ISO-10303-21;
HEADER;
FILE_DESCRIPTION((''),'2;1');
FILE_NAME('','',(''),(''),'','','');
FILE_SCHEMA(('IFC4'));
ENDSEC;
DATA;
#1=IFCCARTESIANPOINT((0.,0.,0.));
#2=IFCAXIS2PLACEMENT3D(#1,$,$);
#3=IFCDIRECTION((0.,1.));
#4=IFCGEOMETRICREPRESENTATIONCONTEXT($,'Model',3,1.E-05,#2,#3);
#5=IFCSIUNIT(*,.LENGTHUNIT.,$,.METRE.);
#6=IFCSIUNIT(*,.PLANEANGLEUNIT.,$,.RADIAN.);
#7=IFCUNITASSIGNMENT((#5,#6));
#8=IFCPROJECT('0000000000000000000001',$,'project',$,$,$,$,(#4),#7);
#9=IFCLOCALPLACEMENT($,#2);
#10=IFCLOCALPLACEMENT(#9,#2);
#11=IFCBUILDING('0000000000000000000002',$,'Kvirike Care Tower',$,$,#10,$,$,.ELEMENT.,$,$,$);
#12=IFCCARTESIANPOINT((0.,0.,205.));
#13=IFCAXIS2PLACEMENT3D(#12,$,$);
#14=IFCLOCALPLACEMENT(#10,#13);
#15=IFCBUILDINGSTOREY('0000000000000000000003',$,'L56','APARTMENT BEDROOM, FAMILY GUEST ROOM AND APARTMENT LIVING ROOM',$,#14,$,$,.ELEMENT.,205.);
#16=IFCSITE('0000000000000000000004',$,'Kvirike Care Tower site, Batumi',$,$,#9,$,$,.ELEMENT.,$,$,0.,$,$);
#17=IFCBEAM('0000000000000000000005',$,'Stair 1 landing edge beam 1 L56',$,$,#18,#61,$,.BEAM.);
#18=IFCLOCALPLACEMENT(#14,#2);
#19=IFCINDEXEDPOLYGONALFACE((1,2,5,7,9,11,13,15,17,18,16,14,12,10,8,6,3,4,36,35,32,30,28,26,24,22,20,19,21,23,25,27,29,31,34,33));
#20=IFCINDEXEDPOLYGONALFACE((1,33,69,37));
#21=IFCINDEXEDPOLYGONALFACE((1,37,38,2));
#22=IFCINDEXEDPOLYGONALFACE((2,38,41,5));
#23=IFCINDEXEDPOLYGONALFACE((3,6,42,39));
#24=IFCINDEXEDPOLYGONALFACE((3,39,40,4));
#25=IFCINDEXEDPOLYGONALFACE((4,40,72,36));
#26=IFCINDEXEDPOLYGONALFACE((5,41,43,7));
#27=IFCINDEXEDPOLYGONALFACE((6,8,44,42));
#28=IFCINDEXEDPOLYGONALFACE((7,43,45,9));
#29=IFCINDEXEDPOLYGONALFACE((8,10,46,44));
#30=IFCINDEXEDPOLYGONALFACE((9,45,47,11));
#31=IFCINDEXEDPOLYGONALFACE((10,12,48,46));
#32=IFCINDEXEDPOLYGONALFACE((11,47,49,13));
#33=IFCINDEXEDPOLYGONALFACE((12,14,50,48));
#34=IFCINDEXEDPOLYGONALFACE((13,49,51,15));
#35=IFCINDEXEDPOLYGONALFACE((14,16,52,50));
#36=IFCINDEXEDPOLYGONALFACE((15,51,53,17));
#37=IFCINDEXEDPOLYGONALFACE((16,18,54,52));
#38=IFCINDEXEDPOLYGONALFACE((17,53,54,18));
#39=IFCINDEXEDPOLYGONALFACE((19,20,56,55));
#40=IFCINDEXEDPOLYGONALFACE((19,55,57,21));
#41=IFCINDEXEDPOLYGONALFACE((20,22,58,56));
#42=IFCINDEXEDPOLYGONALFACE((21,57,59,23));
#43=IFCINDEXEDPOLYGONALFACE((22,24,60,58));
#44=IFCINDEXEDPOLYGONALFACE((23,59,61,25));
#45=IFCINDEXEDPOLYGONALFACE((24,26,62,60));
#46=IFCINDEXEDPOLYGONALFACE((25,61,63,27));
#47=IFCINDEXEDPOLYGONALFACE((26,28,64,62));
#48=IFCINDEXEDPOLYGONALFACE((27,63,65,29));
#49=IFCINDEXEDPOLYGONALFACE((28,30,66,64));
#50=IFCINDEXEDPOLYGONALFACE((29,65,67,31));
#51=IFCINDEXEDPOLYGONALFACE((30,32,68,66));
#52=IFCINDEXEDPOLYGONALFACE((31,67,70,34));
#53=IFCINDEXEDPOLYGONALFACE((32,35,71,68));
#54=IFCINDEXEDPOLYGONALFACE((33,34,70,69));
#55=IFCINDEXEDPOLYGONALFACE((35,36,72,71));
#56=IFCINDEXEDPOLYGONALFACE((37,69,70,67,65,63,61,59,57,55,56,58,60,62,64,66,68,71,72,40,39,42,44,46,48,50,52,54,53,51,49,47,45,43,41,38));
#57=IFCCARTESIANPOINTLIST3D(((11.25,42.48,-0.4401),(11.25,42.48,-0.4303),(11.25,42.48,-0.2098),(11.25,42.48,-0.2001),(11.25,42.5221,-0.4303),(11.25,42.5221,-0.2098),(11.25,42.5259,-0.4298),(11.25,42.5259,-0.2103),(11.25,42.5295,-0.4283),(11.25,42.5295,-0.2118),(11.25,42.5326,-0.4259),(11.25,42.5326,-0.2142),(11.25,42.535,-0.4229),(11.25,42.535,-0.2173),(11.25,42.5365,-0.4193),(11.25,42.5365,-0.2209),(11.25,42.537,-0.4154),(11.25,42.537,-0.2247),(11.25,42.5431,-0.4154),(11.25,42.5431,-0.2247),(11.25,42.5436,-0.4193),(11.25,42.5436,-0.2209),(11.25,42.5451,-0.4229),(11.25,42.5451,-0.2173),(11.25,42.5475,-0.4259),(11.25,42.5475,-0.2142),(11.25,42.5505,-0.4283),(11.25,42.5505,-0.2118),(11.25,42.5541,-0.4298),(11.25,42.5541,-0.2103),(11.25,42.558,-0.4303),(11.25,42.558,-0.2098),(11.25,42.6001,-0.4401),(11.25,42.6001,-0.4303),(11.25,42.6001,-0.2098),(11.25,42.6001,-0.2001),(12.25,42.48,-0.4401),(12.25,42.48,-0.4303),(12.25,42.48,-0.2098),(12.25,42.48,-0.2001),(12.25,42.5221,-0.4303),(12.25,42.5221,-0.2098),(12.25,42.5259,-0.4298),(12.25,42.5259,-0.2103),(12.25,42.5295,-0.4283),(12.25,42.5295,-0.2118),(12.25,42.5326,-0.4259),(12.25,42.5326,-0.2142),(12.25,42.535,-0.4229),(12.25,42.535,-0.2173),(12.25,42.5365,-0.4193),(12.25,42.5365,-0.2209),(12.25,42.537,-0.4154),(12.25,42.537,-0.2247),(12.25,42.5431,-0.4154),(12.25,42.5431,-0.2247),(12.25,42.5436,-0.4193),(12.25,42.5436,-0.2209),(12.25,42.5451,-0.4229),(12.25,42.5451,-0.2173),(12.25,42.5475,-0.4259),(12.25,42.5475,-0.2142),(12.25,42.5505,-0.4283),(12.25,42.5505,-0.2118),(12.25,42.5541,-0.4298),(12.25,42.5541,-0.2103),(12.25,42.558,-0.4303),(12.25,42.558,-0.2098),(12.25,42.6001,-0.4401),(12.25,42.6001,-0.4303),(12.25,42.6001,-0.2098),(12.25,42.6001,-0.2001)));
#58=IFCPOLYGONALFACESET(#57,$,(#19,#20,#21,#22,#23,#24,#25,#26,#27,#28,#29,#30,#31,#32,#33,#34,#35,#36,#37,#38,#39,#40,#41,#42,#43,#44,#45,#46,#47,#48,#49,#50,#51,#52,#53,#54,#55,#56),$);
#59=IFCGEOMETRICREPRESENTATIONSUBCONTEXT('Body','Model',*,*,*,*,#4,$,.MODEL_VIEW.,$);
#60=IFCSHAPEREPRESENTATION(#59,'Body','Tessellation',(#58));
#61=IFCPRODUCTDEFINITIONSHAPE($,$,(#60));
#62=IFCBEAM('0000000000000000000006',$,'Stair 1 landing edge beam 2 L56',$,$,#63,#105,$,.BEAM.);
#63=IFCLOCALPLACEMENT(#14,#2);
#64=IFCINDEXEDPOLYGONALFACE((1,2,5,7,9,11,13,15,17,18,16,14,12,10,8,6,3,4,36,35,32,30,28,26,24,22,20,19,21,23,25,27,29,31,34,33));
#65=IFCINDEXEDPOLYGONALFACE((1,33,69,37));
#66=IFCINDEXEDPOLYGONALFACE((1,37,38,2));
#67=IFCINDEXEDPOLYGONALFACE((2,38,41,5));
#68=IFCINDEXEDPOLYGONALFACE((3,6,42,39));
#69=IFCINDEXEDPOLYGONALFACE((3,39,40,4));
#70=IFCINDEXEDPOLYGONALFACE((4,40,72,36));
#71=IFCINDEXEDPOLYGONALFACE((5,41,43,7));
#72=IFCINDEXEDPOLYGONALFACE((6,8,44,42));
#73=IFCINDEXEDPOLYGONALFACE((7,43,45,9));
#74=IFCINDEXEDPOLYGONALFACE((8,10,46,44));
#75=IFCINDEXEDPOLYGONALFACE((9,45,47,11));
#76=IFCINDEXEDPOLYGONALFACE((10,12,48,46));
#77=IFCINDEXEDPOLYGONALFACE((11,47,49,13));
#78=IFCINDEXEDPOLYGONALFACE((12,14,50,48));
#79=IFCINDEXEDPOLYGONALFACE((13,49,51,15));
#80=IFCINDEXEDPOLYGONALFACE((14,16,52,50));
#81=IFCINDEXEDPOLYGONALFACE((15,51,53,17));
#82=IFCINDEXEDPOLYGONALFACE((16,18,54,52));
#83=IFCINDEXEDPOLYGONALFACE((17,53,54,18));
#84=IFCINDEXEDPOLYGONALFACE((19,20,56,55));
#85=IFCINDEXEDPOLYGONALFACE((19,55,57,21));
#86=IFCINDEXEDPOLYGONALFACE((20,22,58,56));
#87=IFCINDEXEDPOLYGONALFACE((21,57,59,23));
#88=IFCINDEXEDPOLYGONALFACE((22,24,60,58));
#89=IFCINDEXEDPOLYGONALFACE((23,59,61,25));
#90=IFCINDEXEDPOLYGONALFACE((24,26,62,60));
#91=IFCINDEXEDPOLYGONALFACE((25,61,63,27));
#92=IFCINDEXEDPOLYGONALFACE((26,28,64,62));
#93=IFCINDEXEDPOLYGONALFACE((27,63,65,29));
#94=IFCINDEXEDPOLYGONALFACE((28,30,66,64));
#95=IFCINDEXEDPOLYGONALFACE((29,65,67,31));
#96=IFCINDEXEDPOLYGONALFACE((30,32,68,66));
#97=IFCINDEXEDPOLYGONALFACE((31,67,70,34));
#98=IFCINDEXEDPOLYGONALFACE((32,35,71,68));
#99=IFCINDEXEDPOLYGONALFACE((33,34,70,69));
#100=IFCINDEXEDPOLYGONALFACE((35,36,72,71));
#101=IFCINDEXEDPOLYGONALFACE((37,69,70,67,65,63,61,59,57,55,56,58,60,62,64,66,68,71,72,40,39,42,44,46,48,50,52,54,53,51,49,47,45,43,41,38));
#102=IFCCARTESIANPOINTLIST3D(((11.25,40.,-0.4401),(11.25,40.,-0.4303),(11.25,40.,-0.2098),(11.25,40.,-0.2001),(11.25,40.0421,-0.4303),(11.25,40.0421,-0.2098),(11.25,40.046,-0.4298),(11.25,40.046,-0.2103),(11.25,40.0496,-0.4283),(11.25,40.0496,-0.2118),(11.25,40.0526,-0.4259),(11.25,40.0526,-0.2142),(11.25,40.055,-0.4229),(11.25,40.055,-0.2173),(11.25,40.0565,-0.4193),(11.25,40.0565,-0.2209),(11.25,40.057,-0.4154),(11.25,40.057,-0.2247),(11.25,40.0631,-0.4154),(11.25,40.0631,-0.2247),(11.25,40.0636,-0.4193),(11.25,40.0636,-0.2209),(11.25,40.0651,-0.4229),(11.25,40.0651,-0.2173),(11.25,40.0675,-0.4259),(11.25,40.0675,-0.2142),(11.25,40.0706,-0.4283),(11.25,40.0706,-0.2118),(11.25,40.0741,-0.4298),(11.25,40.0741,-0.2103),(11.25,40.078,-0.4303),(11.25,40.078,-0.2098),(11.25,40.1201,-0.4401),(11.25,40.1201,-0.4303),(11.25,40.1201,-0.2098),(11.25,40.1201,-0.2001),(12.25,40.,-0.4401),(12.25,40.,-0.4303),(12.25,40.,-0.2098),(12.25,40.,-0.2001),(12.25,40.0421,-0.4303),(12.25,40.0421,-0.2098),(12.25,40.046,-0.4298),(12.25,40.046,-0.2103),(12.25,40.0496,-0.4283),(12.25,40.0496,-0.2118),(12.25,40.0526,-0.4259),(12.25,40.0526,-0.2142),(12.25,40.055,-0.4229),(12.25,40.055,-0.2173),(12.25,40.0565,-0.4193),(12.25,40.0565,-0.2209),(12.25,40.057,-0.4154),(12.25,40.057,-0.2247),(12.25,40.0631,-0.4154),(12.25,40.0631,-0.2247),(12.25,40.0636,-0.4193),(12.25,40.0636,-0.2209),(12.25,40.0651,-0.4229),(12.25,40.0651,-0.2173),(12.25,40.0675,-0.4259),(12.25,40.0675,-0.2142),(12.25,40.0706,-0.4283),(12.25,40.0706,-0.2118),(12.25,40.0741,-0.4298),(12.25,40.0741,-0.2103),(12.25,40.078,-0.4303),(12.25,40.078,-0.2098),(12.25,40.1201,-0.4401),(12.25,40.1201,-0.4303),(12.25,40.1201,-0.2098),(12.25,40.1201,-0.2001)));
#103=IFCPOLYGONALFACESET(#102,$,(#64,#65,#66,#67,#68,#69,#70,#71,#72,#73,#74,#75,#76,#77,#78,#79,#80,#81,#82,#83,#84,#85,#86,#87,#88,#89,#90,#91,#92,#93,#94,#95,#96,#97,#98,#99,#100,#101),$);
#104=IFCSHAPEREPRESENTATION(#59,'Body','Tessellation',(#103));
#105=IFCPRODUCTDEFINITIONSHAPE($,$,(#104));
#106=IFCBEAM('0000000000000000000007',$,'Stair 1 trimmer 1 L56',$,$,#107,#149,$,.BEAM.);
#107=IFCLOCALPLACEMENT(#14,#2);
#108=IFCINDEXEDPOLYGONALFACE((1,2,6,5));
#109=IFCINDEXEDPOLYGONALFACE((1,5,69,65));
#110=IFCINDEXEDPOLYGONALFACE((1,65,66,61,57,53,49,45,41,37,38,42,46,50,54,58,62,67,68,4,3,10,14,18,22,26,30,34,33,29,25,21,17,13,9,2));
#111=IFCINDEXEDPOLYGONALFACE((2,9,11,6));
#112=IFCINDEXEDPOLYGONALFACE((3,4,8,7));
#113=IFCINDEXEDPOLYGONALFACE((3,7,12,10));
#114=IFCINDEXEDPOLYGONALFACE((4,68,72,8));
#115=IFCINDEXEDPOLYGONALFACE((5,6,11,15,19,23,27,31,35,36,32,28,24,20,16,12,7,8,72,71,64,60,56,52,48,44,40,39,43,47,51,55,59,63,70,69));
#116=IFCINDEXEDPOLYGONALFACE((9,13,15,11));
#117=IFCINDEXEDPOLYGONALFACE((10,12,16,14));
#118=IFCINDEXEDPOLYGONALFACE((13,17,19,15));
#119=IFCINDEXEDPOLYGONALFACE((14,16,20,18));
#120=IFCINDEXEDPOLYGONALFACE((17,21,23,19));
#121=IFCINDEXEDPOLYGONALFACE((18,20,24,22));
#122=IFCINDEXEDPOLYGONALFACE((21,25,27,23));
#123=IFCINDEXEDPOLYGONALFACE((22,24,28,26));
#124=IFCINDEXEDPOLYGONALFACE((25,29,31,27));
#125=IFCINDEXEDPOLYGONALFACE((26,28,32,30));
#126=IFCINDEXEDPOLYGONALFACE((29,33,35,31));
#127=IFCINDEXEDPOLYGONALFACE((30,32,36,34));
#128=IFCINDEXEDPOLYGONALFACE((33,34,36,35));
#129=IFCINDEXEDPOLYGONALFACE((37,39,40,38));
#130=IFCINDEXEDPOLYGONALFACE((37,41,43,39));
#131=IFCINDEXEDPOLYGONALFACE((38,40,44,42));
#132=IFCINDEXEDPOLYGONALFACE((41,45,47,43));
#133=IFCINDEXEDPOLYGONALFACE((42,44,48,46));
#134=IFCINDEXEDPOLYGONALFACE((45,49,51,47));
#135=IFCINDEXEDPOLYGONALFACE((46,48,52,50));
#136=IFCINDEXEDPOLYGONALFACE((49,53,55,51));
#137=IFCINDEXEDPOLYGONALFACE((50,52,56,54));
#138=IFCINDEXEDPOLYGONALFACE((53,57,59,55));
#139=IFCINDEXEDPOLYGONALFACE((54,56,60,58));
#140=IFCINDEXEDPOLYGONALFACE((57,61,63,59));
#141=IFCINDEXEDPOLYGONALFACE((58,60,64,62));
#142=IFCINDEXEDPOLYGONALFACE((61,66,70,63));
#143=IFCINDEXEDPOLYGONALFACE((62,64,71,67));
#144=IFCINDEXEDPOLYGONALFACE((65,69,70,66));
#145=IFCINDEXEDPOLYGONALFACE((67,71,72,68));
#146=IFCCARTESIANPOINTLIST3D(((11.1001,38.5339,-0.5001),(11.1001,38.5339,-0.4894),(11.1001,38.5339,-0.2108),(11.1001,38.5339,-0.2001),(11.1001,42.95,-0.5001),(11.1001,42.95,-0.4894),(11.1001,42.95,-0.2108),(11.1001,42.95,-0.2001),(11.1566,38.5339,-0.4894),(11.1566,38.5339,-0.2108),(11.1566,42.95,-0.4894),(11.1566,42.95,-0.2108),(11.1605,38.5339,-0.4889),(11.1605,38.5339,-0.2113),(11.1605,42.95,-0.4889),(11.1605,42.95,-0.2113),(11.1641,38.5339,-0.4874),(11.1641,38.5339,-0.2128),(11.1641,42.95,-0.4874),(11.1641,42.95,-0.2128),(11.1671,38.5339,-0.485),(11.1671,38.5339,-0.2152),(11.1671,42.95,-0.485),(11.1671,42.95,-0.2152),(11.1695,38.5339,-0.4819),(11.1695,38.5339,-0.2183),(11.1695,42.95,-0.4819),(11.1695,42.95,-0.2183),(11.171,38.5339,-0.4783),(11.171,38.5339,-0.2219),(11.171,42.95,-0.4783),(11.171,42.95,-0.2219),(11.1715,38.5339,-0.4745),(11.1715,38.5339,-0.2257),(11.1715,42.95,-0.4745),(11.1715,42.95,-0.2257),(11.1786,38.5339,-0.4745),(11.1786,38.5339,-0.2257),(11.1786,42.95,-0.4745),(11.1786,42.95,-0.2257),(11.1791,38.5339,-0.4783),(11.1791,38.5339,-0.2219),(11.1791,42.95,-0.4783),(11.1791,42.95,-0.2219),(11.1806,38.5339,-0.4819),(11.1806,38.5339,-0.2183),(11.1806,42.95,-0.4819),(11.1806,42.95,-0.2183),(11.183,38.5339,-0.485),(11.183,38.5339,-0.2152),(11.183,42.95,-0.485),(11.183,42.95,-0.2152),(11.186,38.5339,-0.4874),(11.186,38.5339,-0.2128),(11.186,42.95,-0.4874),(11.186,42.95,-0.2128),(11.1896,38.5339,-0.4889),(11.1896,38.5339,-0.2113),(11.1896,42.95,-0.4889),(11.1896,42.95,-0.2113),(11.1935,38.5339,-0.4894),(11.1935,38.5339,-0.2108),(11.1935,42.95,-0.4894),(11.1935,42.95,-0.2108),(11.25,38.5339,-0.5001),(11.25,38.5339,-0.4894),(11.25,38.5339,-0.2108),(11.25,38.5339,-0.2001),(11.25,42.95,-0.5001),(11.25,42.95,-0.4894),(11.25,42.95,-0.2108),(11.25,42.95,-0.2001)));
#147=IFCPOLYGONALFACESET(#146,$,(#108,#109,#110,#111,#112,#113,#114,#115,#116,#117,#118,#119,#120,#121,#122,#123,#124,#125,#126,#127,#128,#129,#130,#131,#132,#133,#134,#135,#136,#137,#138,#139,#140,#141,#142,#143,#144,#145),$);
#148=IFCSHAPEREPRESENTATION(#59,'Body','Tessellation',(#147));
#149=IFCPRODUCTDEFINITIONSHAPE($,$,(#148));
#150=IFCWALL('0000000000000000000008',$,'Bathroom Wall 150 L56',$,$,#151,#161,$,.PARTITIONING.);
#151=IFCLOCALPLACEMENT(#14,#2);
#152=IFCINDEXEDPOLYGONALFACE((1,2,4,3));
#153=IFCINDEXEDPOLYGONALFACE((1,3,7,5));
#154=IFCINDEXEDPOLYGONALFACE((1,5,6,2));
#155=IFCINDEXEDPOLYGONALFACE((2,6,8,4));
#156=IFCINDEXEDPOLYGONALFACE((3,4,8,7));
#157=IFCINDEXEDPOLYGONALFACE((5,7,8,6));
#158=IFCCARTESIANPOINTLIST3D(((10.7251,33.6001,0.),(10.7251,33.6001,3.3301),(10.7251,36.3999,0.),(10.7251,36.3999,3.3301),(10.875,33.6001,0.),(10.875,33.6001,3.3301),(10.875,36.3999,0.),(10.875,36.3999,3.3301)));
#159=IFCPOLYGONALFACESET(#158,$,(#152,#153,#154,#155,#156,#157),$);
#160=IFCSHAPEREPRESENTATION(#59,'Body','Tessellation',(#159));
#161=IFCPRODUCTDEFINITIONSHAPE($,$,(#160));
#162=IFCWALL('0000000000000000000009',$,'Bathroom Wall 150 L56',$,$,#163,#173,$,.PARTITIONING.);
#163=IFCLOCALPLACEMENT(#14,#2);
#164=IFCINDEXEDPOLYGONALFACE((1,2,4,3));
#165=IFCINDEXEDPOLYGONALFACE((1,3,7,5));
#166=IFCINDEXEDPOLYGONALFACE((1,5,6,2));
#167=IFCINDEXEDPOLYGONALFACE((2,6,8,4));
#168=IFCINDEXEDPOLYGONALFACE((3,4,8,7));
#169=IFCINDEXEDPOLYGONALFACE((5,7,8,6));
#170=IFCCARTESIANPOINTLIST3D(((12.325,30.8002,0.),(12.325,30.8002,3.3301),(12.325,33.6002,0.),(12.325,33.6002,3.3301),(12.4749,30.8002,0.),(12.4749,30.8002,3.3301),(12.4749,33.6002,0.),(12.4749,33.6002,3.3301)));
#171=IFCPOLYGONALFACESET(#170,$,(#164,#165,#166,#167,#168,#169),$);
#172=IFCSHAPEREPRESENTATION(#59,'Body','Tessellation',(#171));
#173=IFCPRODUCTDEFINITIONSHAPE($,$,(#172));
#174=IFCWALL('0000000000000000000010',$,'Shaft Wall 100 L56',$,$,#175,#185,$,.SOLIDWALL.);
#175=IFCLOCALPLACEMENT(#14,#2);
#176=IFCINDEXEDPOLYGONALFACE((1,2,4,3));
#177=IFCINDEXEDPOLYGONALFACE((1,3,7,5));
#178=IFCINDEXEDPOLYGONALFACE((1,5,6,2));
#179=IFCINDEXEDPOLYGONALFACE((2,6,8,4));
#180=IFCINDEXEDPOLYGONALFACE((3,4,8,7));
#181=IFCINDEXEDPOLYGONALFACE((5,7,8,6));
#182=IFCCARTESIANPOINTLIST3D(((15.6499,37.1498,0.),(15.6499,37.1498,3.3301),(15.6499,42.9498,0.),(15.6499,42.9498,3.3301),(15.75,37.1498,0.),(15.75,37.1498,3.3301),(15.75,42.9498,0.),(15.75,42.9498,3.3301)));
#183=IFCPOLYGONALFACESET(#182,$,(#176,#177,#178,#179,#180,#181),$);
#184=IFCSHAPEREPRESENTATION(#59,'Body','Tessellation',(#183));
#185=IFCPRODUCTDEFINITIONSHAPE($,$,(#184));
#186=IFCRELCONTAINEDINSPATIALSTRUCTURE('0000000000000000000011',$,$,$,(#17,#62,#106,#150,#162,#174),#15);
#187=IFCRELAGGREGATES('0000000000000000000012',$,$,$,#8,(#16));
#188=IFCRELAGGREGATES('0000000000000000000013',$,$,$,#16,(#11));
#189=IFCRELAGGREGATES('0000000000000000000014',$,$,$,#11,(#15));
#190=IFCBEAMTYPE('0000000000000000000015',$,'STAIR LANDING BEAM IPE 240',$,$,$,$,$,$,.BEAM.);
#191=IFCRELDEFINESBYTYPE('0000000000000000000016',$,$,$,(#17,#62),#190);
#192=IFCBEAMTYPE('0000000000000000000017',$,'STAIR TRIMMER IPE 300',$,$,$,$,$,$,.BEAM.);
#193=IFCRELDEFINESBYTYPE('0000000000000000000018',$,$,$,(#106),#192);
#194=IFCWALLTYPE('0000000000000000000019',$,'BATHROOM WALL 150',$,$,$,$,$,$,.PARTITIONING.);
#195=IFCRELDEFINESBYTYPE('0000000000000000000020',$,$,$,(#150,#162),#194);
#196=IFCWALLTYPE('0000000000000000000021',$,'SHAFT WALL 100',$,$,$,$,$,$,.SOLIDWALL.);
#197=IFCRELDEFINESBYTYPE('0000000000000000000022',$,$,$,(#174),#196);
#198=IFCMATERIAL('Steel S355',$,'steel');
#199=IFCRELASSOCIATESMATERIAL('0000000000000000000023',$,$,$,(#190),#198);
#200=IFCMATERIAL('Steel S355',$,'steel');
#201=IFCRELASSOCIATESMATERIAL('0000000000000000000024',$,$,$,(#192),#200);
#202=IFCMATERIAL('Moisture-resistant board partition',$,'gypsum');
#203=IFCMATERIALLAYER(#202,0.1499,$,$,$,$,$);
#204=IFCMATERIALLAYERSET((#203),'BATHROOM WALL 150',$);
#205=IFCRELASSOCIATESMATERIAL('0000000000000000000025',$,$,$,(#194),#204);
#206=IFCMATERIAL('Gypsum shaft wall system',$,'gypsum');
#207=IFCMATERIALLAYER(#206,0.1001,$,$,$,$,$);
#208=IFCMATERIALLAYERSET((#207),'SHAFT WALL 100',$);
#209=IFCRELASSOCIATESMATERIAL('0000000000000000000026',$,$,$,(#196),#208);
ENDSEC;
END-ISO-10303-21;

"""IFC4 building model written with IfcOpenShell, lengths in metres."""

from ifc_helpers import new_model, si_unit, direction, frame, frame_2d, origin, origin_2d, place, context, subcontext, project, spatial, rectangle, i_section, extrude, material, layer, layer_set, material_profile, profile_set, type_object, element, save


model = new_model("IFC4")

# Units and contexts
model_context = context("Model", 3, precision=1e-05, world=origin(), true_north=direction((0.0, 1.0)))
body_context = subcontext(model_context, "Body", "Model", "MODEL_VIEW")
ifc_project = project(units=[si_unit("LENGTHUNIT", "METRE"), si_unit("PLANEANGLEUNIT", "RADIAN")], contexts=[model_context])

# Site, building, storey
site_placement = place(None, origin())
site = spatial("IfcSite", under=ifc_project, at=site_placement, Name="Kvirike Care Tower site, Batumi", CompositionType="ELEMENT", RefElevation=0.0)
building_placement = place(site_placement, origin())
building = spatial("IfcBuilding", under=site, at=building_placement, Name="Kvirike Care Tower", CompositionType="ELEMENT")
storey_placement = place(building_placement, frame((0.0, 0.0, 205.0)))
storey = spatial("IfcBuildingStorey", under=building, at=storey_placement, Name="L56", Description="APARTMENT BEDROOM, FAMILY GUEST ROOM AND APARTMENT LIVING ROOM", CompositionType="ELEMENT", Elevation=205.0)

# Beams
ifc_material_1 = material(Name="Steel S355", Category="steel")
ifc_material_profile_1 = material_profile(ifc_material_1, i_section(OverallWidth=0.1201, OverallDepth=0.24, WebThickness=0.0061, FlangeThickness=0.0098, FilletRadius=0.0149, at=origin_2d()), Name="IPE 240")
ifc_profile_set_1 = profile_set([ifc_material_profile_1], Name="Steel S355")
beam_type_1 = type_object("IfcBeamType", Name="STAIR LANDING BEAM IPE 240", PredefinedType="BEAM", material=ifc_profile_set_1)
for number, where, z_axis, x_axis, name in (
    (1, (11.25, 42.54, -0.3201), (1.0, 0.0, 0.0), (0.0, 1.0, 0.0), "Stair 1 landing edge beam 1 L56"),
    (2, (11.25, 40.0601, -0.3201), (1.0, 0.0, 0.0), (0.0, 1.0, 0.0), "Stair 1 landing edge beam 2 L56"),
):
    element("IfcBeam", number, at=place(storey_placement, frame(where, z_axis=z_axis, x_axis=x_axis)), inside=storey, type_object=beam_type_1, Name=name, PredefinedType="BEAM", context=body_context, shape_type="SweptSolid", body=[
        extrude(i_section(OverallWidth=0.1201, OverallDepth=0.24, WebThickness=0.0061, FlangeThickness=0.0098, FilletRadius=0.0149, at=origin_2d()), origin(), (0.0, 0.0, 1.0), 1.0),
    ])
ifc_material_2 = material(Name="Steel S355", Category="steel")
ifc_material_profile_2 = material_profile(ifc_material_2, i_section(OverallWidth=0.1499, OverallDepth=0.3, WebThickness=0.0071, FlangeThickness=0.0107, FilletRadius=0.0149, at=origin_2d()), Name="IPE 300")
ifc_profile_set_2 = profile_set([ifc_material_profile_2], Name="Steel S355")
beam_type_2 = type_object("IfcBeamType", Name="STAIR TRIMMER IPE 300", PredefinedType="BEAM", material=ifc_profile_set_2)
beam_placement = place(storey_placement, frame((11.175, 42.95, -0.3501), z_axis=(0.0, -1.0, 0.0), x_axis=(1.0, 0.0, 0.0)))
element("IfcBeam", 3, at=beam_placement, inside=storey, type_object=beam_type_2, Name="Stair 1 trimmer 1 L56", PredefinedType="BEAM", context=body_context, shape_type="SweptSolid", body=[
    extrude(i_section(OverallWidth=0.1499, OverallDepth=0.3, WebThickness=0.0071, FlangeThickness=0.0107, FilletRadius=0.0149, at=origin_2d()), origin(), (0.0, 0.0, 1.0), 4.416),
])

# Walls
ifc_material_3 = material(Name="Moisture-resistant board partition", Category="gypsum")
ifc_layer_1 = layer(ifc_material_3, 0.1499)
ifc_layer_set_1 = layer_set([ifc_layer_1], Name="BATHROOM WALL 150")
wall_type_1 = type_object("IfcWallType", Name="BATHROOM WALL 150", PredefinedType="PARTITIONING", material=ifc_layer_set_1)
wall_1_placement = place(storey_placement, frame((10.8, 36.3999, 0.0), z_axis=(0.0, 0.0, 1.0), x_axis=(0.0, -1.0, 0.0)))
element("IfcWall", 4, at=wall_1_placement, inside=storey, type_object=wall_type_1, Name="Bathroom Wall 150 L56", PredefinedType="PARTITIONING", context=body_context, shape_type="SweptSolid", body=[
    extrude(rectangle(XDim=2.7998, YDim=0.1499, at=frame_2d((1.3999, 0.0))), origin(), (0.0, 0.0, 1.0), 3.3301),
])
wall_2_placement = place(storey_placement, frame((12.3999, 33.6001, 0.0), z_axis=(0.0, 0.0, 1.0), x_axis=(0.0, -1.0, 0.0)))
element("IfcWall", 5, at=wall_2_placement, inside=storey, type_object=wall_type_1, Name="Bathroom Wall 150 L56", PredefinedType="PARTITIONING", context=body_context, shape_type="SweptSolid", body=[
    extrude(rectangle(XDim=2.8, YDim=0.1499, at=frame_2d((1.3999, 0.0))), origin(), (0.0, 0.0, 1.0), 3.3301),
])
ifc_material_4 = material(Name="Gypsum shaft wall system", Category="gypsum")
ifc_layer_2 = layer(ifc_material_4, 0.1001)
ifc_layer_set_2 = layer_set([ifc_layer_2], Name="SHAFT WALL 100")
wall_type_2 = type_object("IfcWallType", Name="SHAFT WALL 100", PredefinedType="SOLIDWALL", material=ifc_layer_set_2)
wall_3_placement = place(storey_placement, frame((15.7, 37.1499, 0.0), z_axis=(0.0, 0.0, 1.0), x_axis=(0.0, 1.0, 0.0)))
element("IfcWall", 6, at=wall_3_placement, inside=storey, type_object=wall_type_2, Name="Shaft Wall 100 L56", PredefinedType="SOLIDWALL", context=body_context, shape_type="SweptSolid", body=[
    extrude(rectangle(XDim=5.8, YDim=0.1001, at=frame_2d((2.8999, 0.0))), origin(), (0.0, 0.0, 1.0), 3.3301),
])

save(model, "model.ifc")
